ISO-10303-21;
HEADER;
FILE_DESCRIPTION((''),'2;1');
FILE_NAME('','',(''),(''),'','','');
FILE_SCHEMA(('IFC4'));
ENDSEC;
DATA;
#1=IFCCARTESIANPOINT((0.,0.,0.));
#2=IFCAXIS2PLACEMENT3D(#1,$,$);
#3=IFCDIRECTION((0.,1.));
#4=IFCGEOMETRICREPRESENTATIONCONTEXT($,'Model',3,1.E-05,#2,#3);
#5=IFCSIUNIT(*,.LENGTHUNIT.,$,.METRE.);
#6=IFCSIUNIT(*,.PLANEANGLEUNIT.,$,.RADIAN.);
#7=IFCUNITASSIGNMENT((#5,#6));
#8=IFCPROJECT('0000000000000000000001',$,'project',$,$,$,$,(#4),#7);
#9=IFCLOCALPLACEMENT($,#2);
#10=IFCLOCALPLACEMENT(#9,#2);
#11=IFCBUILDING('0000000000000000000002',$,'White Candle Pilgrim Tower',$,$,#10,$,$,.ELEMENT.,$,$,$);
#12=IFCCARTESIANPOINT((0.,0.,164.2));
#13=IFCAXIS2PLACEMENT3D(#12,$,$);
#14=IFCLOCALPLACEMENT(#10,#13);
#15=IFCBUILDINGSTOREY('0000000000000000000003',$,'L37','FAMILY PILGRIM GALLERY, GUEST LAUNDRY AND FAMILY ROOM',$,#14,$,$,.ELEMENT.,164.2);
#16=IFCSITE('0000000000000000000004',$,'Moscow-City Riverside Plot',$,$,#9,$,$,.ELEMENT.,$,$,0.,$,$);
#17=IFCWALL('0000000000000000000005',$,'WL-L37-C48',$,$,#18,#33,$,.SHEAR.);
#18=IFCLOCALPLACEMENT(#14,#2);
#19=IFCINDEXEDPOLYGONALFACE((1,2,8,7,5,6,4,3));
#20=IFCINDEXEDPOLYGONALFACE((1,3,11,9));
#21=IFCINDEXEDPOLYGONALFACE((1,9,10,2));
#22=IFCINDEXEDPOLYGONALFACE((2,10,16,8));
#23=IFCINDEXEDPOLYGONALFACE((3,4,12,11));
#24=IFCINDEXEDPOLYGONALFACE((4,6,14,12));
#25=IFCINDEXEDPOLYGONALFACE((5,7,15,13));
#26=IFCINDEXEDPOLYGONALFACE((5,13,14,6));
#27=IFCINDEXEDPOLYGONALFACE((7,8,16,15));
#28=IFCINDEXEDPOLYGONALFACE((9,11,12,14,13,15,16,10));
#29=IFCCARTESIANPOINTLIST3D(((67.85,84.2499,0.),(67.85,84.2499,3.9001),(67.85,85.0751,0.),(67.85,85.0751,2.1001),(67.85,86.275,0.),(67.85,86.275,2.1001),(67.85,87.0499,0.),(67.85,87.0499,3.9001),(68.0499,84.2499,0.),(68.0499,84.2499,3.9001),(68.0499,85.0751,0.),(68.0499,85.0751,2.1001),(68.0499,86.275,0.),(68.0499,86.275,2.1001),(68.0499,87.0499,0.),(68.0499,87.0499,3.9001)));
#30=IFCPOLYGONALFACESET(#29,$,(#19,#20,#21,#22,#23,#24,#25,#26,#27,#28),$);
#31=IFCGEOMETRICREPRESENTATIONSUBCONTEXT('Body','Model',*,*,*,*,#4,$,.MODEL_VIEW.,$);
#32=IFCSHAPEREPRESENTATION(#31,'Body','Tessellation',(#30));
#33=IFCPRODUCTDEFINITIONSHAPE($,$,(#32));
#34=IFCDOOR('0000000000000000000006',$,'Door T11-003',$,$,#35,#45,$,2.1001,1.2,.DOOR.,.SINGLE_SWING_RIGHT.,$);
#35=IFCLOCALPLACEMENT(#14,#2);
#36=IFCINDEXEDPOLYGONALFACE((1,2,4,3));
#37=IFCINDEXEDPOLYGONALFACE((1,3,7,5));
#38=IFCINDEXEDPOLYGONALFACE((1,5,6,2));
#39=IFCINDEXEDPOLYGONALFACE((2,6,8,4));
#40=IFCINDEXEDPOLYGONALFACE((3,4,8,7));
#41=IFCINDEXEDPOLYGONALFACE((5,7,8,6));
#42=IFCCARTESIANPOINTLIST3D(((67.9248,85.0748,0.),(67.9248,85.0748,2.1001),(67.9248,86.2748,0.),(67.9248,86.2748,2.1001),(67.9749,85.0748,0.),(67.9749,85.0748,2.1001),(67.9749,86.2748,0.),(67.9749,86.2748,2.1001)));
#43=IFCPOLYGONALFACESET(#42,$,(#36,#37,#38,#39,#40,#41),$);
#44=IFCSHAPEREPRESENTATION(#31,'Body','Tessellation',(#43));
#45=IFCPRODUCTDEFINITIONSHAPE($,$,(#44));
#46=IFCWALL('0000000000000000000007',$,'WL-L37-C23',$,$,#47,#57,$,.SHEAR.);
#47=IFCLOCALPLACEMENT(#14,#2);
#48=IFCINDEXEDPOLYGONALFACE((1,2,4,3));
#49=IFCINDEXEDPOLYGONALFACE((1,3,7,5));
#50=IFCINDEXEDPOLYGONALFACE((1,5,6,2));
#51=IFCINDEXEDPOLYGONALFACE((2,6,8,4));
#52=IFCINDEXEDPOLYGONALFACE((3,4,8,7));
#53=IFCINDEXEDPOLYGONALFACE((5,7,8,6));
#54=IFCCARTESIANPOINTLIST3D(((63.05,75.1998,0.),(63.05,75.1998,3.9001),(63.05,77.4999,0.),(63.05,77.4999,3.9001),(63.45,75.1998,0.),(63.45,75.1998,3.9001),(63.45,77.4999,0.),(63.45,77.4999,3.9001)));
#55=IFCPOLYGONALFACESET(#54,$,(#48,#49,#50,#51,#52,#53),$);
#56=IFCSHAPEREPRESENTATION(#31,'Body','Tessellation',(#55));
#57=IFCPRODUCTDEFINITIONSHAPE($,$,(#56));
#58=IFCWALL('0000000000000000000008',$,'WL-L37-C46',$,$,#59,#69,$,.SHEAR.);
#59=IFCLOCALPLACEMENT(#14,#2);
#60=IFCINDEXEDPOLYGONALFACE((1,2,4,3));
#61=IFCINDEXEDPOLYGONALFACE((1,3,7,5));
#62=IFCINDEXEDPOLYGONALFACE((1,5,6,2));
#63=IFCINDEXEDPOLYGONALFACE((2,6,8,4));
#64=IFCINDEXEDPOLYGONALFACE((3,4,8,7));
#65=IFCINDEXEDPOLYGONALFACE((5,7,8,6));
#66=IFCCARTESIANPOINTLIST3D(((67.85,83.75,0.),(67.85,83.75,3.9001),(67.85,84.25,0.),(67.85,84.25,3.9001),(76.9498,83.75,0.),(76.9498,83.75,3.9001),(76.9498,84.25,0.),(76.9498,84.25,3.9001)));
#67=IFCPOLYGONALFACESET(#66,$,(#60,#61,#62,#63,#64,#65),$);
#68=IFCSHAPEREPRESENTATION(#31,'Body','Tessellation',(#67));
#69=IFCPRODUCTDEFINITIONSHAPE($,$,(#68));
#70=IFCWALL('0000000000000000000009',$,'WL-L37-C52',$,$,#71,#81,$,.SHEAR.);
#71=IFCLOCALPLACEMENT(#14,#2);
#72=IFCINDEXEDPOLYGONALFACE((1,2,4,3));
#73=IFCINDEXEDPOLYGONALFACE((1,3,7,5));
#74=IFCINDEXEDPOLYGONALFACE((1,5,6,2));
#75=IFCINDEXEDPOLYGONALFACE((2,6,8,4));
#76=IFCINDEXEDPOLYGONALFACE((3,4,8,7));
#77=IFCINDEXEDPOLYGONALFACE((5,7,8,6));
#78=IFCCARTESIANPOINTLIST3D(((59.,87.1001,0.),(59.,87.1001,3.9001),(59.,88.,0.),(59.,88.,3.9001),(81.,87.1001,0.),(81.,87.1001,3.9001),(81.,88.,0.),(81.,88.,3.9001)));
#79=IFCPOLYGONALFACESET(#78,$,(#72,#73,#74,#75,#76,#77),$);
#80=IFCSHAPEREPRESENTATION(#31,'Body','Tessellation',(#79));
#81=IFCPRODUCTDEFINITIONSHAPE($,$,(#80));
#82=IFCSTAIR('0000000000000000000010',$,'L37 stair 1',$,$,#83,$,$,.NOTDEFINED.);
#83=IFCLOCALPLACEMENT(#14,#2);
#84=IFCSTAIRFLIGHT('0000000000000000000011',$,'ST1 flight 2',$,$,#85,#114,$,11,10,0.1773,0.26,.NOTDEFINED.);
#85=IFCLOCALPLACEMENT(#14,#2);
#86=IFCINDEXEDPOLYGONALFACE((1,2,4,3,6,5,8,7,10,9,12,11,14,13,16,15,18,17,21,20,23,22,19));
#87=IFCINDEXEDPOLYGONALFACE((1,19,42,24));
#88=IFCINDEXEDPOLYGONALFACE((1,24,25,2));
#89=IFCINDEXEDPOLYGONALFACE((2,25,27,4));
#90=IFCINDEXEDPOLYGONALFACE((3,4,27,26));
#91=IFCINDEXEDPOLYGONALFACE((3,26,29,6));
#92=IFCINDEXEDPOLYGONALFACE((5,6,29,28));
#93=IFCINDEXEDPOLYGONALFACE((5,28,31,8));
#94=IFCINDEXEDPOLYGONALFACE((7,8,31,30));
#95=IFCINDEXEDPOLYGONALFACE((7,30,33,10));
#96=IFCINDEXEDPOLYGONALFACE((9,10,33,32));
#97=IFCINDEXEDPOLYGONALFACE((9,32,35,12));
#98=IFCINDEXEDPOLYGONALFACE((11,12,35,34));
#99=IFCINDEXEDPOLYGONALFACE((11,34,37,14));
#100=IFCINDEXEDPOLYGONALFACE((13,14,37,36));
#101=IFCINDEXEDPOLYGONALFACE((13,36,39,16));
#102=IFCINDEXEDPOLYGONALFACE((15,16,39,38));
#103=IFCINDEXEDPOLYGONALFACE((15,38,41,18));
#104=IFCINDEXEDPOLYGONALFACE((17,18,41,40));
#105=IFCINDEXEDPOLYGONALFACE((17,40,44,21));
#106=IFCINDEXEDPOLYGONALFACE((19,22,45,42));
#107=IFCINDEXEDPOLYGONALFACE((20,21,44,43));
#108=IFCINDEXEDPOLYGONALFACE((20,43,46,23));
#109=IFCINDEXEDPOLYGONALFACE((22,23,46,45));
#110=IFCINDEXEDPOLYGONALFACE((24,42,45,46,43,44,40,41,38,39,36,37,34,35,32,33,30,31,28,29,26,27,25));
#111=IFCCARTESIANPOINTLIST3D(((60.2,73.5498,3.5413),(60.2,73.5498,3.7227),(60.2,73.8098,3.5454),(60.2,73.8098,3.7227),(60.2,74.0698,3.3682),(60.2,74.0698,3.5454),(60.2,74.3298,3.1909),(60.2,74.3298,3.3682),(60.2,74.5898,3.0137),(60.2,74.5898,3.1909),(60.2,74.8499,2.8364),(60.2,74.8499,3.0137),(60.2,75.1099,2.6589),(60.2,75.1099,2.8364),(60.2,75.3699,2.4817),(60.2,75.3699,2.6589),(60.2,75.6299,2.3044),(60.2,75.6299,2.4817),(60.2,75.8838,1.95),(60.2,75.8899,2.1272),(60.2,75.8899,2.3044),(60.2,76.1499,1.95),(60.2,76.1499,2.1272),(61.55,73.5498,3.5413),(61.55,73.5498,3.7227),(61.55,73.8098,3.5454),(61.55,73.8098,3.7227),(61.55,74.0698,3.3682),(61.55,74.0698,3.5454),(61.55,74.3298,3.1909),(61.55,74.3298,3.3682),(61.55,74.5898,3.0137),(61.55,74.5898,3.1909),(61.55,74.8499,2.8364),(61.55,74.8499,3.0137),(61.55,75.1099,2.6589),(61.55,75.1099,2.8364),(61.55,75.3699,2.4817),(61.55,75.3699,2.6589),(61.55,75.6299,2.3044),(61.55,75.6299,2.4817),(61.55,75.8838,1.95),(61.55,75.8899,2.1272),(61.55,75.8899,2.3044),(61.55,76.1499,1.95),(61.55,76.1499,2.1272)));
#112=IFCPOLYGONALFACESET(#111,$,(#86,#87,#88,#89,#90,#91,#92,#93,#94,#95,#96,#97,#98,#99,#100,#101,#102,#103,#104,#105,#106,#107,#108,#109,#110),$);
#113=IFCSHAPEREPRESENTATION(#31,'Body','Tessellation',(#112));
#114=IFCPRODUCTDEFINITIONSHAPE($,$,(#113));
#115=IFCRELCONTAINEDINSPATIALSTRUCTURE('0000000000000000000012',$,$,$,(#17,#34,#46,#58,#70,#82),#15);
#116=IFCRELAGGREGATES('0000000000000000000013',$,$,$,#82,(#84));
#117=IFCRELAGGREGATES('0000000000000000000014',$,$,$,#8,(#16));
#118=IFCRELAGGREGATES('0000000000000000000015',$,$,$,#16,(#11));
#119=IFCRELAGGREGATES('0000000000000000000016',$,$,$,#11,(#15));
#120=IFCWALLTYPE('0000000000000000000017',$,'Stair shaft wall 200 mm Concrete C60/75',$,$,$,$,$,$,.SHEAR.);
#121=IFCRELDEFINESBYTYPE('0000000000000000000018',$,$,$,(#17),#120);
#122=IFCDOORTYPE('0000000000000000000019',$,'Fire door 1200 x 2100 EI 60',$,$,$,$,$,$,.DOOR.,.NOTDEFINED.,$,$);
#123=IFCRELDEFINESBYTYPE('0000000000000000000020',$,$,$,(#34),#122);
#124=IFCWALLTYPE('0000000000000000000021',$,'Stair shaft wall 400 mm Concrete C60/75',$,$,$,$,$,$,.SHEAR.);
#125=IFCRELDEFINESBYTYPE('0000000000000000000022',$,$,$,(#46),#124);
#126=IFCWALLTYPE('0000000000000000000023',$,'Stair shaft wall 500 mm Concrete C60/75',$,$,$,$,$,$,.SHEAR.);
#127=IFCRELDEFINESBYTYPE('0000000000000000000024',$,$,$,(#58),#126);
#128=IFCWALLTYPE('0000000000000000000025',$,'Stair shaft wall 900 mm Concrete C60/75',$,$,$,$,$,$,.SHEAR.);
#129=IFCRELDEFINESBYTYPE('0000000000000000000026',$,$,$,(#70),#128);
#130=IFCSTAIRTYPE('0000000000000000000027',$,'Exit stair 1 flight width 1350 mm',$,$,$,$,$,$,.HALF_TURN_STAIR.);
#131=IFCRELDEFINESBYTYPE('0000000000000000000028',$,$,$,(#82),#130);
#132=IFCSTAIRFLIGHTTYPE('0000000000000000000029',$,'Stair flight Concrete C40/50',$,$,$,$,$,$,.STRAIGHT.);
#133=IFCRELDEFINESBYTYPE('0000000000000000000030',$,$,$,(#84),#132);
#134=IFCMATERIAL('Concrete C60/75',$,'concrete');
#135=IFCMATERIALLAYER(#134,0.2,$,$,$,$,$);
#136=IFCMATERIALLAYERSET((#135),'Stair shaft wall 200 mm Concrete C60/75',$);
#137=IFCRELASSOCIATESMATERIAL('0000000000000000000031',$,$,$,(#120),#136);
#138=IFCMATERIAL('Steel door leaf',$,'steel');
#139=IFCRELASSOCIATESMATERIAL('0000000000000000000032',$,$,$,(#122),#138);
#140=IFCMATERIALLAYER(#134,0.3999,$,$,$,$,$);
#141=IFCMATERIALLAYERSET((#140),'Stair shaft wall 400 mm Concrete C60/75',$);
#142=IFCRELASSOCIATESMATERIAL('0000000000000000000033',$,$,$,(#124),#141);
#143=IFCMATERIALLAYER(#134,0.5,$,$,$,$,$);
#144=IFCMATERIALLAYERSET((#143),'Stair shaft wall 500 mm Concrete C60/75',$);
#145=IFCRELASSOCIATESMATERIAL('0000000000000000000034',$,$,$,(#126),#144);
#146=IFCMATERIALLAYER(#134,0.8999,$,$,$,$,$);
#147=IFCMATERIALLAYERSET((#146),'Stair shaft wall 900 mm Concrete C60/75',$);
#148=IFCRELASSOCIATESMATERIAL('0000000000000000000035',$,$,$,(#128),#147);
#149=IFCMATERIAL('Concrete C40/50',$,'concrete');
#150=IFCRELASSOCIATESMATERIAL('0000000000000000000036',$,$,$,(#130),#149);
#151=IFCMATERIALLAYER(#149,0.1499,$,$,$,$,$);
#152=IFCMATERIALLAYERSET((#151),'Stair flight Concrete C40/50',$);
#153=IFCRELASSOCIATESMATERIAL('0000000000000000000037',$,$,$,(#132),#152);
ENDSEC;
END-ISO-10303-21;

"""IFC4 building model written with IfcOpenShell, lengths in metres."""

from ifc_helpers import new_model, si_unit, direction, frame, frame_2d, origin, place, context, subcontext, project, spatial, polyline, rectangle, outline, extrude, material, layer, layer_set, type_object, element, fill, aggregate, save


model = new_model("IFC4")

# Units and contexts
model_context = context("Model", 3, precision=1e-05, world=origin(), true_north=direction((0.0, 1.0)))
body_context = subcontext(model_context, "Body", "Model", "MODEL_VIEW")
ifc_project = project(units=[si_unit("LENGTHUNIT", "METRE"), si_unit("PLANEANGLEUNIT", "RADIAN")], contexts=[model_context])

# Site, building, storey
site_placement = place(None, origin())
site = spatial("IfcSite", under=ifc_project, at=site_placement, Name="Moscow-City Riverside Plot", CompositionType="ELEMENT", RefElevation=0.0)
building_placement = place(site_placement, origin())
building = spatial("IfcBuilding", under=site, at=building_placement, Name="White Candle Pilgrim Tower", CompositionType="ELEMENT")
storey_placement = place(building_placement, frame((0.0, 0.0, 164.2)))
storey = spatial("IfcBuildingStorey", under=building, at=storey_placement, Name="L37", Description="FAMILY PILGRIM GALLERY, GUEST LAUNDRY AND FAMILY ROOM", CompositionType="ELEMENT", Elevation=164.2)

# Shared definitions
ifc_material_1 = material(Name="Concrete C60/75", Category="concrete")

# Shared definitions
ifc_material_2 = material(Name="Steel door leaf", Category="steel")

# Shared definitions
ifc_layer_1 = layer(ifc_material_1, 0.2)
ifc_layer_set_1 = layer_set([ifc_layer_1], Name="Stair shaft wall 200 mm Concrete C60/75")
wall_type_1 = type_object("IfcWallType", Name="Stair shaft wall 200 mm Concrete C60/75", PredefinedType="SHEAR", material=ifc_layer_set_1)

# Wall, opening, door
wall_1_placement = place(storey_placement, frame((67.95, 84.25, 0.0), z_axis=(0.0, 0.0, 1.0), x_axis=(0.0, 1.0, 0.0)))
wall_1 = element("IfcWall", 1, at=wall_1_placement, inside=storey, type_object=wall_type_1, Name="WL-L37-C48", PredefinedType="SHEAR", context=body_context, shape_type="SweptSolid", body=[
    extrude(rectangle(XDim=2.8, YDim=0.2, at=frame_2d((1.3999, 0.0))), origin(), (0.0, 0.0, 1.0), 3.9001),
])
opening_1_placement = place(wall_1_placement, frame((0.825, 0.0, 0.0)))
opening_1 = element("IfcOpeningElement", 2, at=opening_1_placement, cuts=wall_1, PredefinedType="OPENING", context=body_context, shape_type="SweptSolid", body=[
    extrude(rectangle(XDim=1.2, YDim=2.1001, at=frame_2d((0.6001, 1.05))), frame((0.0, 0.1099, 0.0), z_axis=(0.0, -1.0, 0.0), x_axis=(1.0, 0.0, 0.0)), (0.0, 0.0, 1.0), 0.22),
])
door_type_1 = type_object("IfcDoorType", Name="Fire door 1200 x 2100 EI 60", OperationType="NOTDEFINED", PredefinedType="DOOR", material=ifc_material_2)
door_1_placement = place(opening_1_placement, frame((1.2, 0.0, 0.0), z_axis=(0.0, 0.0, 1.0), x_axis=(-1.0, 0.0, 0.0)))
door_1 = element("IfcDoor", 3, at=door_1_placement, inside=storey, type_object=door_type_1, Name="Door T11-003", OperationType="SINGLE_SWING_RIGHT", OverallHeight=2.1001, OverallWidth=1.2, PredefinedType="DOOR", context=body_context, shape_type="SweptSolid", body=[
    extrude(rectangle(XDim=1.2, YDim=2.1001, at=frame_2d((0.6001, 1.05))), frame((0.0, 0.0249, 0.0), z_axis=(0.0, -1.0, 0.0), x_axis=(1.0, 0.0, 0.0)), (0.0, 0.0, 1.0), 0.05),
])
fill(opening_1, door_1)

# Walls
ifc_layer_2 = layer(ifc_material_1, 0.3999)
ifc_layer_set_2 = layer_set([ifc_layer_2], Name="Stair shaft wall 400 mm Concrete C60/75")
wall_type_2 = type_object("IfcWallType", Name="Stair shaft wall 400 mm Concrete C60/75", PredefinedType="SHEAR", material=ifc_layer_set_2)
wall_2_placement = place(storey_placement, frame((63.25, 75.2, 0.0), z_axis=(0.0, 0.0, 1.0), x_axis=(0.0, 1.0, 0.0)))
element("IfcWall", 4, at=wall_2_placement, inside=storey, type_object=wall_type_2, Name="WL-L37-C23", PredefinedType="SHEAR", context=body_context, shape_type="SweptSolid", body=[
    extrude(rectangle(XDim=2.3, YDim=0.3999, at=frame_2d((1.1499, 0.0))), origin(), (0.0, 0.0, 1.0), 3.9001),
])
ifc_layer_3 = layer(ifc_material_1, 0.5)
ifc_layer_set_3 = layer_set([ifc_layer_3], Name="Stair shaft wall 500 mm Concrete C60/75")
wall_type_3 = type_object("IfcWallType", Name="Stair shaft wall 500 mm Concrete C60/75", PredefinedType="SHEAR", material=ifc_layer_set_3)
wall_3_placement = place(storey_placement, frame((67.8501, 84.0, 0.0), z_axis=(0.0, 0.0, 1.0), x_axis=(1.0, 0.0, 0.0)))
element("IfcWall", 5, at=wall_3_placement, inside=storey, type_object=wall_type_3, Name="WL-L37-C46", PredefinedType="SHEAR", context=body_context, shape_type="SweptSolid", body=[
    extrude(rectangle(XDim=9.0999, YDim=0.5, at=frame_2d((4.5498, 0.0))), origin(), (0.0, 0.0, 1.0), 3.9001),
])
ifc_layer_4 = layer(ifc_material_1, 0.8999)
ifc_layer_set_4 = layer_set([ifc_layer_4], Name="Stair shaft wall 900 mm Concrete C60/75")
wall_type_4 = type_object("IfcWallType", Name="Stair shaft wall 900 mm Concrete C60/75", PredefinedType="SHEAR", material=ifc_layer_set_4)
wall_4_placement = place(storey_placement, frame((59.0, 87.55, 0.0), z_axis=(0.0, 0.0, 1.0), x_axis=(1.0, 0.0, 0.0)))
element("IfcWall", 6, at=wall_4_placement, inside=storey, type_object=wall_type_4, Name="WL-L37-C52", PredefinedType="SHEAR", context=body_context, shape_type="SweptSolid", body=[
    extrude(rectangle(XDim=22.0, YDim=0.8999, at=frame_2d((11.0, 0.0))), origin(), (0.0, 0.0, 1.0), 3.9001),
])

# Stair, stair flight
ifc_material_3 = material(Name="Concrete C40/50", Category="concrete")
stair_type = type_object("IfcStairType", Name="Exit stair 1 flight width 1350 mm", PredefinedType="HALF_TURN_STAIR", material=ifc_material_3)
stair_placement = place(storey_placement, origin())
stair = element("IfcStair", 7, at=stair_placement, inside=storey, type_object=stair_type, Name="L37 stair 1", PredefinedType="NOTDEFINED")
ifc_layer_5 = layer(ifc_material_3, 0.1499)
ifc_layer_set_5 = layer_set([ifc_layer_5], Name="Stair flight Concrete C40/50")
stair_flight_type = type_object("IfcStairFlightType", Name="Stair flight Concrete C40/50", PredefinedType="STRAIGHT", material=ifc_layer_set_5)
stair_flight_placement = place(storey_placement, frame((60.875, 76.1499, 1.95), z_axis=(0.0, 0.0, 1.0), x_axis=(0.0, -1.0, 0.0)))
stair_flight = element("IfcStairFlight", 8, at=stair_flight_placement, type_object=stair_flight_type, Name="ST1 flight 2", NumberOfRisers=11, NumberOfTreads=10, PredefinedType="NOTDEFINED", RiserHeight=0.1773, TreadLength=0.26, context=body_context, shape_type="SweptSolid", body=[
    extrude(outline(polyline([(0.0, 0.0), (0.0, 0.1772), (0.26, 0.1772), (0.26, 0.3545), (0.52, 0.3545), (0.52, 0.5317), (0.78, 0.5317), (0.78, 0.709), (1.04, 0.709), (1.04, 0.8865), (1.3, 0.8865), (1.3, 1.0637), (1.5601, 1.0637), (1.5601, 1.241), (1.8201, 1.241), (1.8201, 1.4182), (2.0801, 1.4182), (2.0801, 1.5955), (2.3401, 1.5955), (2.3401, 1.7727), (2.6001, 1.7727), (2.6001, 1.95), (2.6001, 1.5913), (0.2661, 0.0), (0.0, 0.0)])), frame((0.0, 0.675, 0.0), z_axis=(0.0, -1.0, 0.0), x_axis=(1.0, 0.0, 0.0)), (0.0, 0.0, 1.0), 1.3501),
])
aggregate(stair, [stair_flight])

save(model, "model.ifc")
